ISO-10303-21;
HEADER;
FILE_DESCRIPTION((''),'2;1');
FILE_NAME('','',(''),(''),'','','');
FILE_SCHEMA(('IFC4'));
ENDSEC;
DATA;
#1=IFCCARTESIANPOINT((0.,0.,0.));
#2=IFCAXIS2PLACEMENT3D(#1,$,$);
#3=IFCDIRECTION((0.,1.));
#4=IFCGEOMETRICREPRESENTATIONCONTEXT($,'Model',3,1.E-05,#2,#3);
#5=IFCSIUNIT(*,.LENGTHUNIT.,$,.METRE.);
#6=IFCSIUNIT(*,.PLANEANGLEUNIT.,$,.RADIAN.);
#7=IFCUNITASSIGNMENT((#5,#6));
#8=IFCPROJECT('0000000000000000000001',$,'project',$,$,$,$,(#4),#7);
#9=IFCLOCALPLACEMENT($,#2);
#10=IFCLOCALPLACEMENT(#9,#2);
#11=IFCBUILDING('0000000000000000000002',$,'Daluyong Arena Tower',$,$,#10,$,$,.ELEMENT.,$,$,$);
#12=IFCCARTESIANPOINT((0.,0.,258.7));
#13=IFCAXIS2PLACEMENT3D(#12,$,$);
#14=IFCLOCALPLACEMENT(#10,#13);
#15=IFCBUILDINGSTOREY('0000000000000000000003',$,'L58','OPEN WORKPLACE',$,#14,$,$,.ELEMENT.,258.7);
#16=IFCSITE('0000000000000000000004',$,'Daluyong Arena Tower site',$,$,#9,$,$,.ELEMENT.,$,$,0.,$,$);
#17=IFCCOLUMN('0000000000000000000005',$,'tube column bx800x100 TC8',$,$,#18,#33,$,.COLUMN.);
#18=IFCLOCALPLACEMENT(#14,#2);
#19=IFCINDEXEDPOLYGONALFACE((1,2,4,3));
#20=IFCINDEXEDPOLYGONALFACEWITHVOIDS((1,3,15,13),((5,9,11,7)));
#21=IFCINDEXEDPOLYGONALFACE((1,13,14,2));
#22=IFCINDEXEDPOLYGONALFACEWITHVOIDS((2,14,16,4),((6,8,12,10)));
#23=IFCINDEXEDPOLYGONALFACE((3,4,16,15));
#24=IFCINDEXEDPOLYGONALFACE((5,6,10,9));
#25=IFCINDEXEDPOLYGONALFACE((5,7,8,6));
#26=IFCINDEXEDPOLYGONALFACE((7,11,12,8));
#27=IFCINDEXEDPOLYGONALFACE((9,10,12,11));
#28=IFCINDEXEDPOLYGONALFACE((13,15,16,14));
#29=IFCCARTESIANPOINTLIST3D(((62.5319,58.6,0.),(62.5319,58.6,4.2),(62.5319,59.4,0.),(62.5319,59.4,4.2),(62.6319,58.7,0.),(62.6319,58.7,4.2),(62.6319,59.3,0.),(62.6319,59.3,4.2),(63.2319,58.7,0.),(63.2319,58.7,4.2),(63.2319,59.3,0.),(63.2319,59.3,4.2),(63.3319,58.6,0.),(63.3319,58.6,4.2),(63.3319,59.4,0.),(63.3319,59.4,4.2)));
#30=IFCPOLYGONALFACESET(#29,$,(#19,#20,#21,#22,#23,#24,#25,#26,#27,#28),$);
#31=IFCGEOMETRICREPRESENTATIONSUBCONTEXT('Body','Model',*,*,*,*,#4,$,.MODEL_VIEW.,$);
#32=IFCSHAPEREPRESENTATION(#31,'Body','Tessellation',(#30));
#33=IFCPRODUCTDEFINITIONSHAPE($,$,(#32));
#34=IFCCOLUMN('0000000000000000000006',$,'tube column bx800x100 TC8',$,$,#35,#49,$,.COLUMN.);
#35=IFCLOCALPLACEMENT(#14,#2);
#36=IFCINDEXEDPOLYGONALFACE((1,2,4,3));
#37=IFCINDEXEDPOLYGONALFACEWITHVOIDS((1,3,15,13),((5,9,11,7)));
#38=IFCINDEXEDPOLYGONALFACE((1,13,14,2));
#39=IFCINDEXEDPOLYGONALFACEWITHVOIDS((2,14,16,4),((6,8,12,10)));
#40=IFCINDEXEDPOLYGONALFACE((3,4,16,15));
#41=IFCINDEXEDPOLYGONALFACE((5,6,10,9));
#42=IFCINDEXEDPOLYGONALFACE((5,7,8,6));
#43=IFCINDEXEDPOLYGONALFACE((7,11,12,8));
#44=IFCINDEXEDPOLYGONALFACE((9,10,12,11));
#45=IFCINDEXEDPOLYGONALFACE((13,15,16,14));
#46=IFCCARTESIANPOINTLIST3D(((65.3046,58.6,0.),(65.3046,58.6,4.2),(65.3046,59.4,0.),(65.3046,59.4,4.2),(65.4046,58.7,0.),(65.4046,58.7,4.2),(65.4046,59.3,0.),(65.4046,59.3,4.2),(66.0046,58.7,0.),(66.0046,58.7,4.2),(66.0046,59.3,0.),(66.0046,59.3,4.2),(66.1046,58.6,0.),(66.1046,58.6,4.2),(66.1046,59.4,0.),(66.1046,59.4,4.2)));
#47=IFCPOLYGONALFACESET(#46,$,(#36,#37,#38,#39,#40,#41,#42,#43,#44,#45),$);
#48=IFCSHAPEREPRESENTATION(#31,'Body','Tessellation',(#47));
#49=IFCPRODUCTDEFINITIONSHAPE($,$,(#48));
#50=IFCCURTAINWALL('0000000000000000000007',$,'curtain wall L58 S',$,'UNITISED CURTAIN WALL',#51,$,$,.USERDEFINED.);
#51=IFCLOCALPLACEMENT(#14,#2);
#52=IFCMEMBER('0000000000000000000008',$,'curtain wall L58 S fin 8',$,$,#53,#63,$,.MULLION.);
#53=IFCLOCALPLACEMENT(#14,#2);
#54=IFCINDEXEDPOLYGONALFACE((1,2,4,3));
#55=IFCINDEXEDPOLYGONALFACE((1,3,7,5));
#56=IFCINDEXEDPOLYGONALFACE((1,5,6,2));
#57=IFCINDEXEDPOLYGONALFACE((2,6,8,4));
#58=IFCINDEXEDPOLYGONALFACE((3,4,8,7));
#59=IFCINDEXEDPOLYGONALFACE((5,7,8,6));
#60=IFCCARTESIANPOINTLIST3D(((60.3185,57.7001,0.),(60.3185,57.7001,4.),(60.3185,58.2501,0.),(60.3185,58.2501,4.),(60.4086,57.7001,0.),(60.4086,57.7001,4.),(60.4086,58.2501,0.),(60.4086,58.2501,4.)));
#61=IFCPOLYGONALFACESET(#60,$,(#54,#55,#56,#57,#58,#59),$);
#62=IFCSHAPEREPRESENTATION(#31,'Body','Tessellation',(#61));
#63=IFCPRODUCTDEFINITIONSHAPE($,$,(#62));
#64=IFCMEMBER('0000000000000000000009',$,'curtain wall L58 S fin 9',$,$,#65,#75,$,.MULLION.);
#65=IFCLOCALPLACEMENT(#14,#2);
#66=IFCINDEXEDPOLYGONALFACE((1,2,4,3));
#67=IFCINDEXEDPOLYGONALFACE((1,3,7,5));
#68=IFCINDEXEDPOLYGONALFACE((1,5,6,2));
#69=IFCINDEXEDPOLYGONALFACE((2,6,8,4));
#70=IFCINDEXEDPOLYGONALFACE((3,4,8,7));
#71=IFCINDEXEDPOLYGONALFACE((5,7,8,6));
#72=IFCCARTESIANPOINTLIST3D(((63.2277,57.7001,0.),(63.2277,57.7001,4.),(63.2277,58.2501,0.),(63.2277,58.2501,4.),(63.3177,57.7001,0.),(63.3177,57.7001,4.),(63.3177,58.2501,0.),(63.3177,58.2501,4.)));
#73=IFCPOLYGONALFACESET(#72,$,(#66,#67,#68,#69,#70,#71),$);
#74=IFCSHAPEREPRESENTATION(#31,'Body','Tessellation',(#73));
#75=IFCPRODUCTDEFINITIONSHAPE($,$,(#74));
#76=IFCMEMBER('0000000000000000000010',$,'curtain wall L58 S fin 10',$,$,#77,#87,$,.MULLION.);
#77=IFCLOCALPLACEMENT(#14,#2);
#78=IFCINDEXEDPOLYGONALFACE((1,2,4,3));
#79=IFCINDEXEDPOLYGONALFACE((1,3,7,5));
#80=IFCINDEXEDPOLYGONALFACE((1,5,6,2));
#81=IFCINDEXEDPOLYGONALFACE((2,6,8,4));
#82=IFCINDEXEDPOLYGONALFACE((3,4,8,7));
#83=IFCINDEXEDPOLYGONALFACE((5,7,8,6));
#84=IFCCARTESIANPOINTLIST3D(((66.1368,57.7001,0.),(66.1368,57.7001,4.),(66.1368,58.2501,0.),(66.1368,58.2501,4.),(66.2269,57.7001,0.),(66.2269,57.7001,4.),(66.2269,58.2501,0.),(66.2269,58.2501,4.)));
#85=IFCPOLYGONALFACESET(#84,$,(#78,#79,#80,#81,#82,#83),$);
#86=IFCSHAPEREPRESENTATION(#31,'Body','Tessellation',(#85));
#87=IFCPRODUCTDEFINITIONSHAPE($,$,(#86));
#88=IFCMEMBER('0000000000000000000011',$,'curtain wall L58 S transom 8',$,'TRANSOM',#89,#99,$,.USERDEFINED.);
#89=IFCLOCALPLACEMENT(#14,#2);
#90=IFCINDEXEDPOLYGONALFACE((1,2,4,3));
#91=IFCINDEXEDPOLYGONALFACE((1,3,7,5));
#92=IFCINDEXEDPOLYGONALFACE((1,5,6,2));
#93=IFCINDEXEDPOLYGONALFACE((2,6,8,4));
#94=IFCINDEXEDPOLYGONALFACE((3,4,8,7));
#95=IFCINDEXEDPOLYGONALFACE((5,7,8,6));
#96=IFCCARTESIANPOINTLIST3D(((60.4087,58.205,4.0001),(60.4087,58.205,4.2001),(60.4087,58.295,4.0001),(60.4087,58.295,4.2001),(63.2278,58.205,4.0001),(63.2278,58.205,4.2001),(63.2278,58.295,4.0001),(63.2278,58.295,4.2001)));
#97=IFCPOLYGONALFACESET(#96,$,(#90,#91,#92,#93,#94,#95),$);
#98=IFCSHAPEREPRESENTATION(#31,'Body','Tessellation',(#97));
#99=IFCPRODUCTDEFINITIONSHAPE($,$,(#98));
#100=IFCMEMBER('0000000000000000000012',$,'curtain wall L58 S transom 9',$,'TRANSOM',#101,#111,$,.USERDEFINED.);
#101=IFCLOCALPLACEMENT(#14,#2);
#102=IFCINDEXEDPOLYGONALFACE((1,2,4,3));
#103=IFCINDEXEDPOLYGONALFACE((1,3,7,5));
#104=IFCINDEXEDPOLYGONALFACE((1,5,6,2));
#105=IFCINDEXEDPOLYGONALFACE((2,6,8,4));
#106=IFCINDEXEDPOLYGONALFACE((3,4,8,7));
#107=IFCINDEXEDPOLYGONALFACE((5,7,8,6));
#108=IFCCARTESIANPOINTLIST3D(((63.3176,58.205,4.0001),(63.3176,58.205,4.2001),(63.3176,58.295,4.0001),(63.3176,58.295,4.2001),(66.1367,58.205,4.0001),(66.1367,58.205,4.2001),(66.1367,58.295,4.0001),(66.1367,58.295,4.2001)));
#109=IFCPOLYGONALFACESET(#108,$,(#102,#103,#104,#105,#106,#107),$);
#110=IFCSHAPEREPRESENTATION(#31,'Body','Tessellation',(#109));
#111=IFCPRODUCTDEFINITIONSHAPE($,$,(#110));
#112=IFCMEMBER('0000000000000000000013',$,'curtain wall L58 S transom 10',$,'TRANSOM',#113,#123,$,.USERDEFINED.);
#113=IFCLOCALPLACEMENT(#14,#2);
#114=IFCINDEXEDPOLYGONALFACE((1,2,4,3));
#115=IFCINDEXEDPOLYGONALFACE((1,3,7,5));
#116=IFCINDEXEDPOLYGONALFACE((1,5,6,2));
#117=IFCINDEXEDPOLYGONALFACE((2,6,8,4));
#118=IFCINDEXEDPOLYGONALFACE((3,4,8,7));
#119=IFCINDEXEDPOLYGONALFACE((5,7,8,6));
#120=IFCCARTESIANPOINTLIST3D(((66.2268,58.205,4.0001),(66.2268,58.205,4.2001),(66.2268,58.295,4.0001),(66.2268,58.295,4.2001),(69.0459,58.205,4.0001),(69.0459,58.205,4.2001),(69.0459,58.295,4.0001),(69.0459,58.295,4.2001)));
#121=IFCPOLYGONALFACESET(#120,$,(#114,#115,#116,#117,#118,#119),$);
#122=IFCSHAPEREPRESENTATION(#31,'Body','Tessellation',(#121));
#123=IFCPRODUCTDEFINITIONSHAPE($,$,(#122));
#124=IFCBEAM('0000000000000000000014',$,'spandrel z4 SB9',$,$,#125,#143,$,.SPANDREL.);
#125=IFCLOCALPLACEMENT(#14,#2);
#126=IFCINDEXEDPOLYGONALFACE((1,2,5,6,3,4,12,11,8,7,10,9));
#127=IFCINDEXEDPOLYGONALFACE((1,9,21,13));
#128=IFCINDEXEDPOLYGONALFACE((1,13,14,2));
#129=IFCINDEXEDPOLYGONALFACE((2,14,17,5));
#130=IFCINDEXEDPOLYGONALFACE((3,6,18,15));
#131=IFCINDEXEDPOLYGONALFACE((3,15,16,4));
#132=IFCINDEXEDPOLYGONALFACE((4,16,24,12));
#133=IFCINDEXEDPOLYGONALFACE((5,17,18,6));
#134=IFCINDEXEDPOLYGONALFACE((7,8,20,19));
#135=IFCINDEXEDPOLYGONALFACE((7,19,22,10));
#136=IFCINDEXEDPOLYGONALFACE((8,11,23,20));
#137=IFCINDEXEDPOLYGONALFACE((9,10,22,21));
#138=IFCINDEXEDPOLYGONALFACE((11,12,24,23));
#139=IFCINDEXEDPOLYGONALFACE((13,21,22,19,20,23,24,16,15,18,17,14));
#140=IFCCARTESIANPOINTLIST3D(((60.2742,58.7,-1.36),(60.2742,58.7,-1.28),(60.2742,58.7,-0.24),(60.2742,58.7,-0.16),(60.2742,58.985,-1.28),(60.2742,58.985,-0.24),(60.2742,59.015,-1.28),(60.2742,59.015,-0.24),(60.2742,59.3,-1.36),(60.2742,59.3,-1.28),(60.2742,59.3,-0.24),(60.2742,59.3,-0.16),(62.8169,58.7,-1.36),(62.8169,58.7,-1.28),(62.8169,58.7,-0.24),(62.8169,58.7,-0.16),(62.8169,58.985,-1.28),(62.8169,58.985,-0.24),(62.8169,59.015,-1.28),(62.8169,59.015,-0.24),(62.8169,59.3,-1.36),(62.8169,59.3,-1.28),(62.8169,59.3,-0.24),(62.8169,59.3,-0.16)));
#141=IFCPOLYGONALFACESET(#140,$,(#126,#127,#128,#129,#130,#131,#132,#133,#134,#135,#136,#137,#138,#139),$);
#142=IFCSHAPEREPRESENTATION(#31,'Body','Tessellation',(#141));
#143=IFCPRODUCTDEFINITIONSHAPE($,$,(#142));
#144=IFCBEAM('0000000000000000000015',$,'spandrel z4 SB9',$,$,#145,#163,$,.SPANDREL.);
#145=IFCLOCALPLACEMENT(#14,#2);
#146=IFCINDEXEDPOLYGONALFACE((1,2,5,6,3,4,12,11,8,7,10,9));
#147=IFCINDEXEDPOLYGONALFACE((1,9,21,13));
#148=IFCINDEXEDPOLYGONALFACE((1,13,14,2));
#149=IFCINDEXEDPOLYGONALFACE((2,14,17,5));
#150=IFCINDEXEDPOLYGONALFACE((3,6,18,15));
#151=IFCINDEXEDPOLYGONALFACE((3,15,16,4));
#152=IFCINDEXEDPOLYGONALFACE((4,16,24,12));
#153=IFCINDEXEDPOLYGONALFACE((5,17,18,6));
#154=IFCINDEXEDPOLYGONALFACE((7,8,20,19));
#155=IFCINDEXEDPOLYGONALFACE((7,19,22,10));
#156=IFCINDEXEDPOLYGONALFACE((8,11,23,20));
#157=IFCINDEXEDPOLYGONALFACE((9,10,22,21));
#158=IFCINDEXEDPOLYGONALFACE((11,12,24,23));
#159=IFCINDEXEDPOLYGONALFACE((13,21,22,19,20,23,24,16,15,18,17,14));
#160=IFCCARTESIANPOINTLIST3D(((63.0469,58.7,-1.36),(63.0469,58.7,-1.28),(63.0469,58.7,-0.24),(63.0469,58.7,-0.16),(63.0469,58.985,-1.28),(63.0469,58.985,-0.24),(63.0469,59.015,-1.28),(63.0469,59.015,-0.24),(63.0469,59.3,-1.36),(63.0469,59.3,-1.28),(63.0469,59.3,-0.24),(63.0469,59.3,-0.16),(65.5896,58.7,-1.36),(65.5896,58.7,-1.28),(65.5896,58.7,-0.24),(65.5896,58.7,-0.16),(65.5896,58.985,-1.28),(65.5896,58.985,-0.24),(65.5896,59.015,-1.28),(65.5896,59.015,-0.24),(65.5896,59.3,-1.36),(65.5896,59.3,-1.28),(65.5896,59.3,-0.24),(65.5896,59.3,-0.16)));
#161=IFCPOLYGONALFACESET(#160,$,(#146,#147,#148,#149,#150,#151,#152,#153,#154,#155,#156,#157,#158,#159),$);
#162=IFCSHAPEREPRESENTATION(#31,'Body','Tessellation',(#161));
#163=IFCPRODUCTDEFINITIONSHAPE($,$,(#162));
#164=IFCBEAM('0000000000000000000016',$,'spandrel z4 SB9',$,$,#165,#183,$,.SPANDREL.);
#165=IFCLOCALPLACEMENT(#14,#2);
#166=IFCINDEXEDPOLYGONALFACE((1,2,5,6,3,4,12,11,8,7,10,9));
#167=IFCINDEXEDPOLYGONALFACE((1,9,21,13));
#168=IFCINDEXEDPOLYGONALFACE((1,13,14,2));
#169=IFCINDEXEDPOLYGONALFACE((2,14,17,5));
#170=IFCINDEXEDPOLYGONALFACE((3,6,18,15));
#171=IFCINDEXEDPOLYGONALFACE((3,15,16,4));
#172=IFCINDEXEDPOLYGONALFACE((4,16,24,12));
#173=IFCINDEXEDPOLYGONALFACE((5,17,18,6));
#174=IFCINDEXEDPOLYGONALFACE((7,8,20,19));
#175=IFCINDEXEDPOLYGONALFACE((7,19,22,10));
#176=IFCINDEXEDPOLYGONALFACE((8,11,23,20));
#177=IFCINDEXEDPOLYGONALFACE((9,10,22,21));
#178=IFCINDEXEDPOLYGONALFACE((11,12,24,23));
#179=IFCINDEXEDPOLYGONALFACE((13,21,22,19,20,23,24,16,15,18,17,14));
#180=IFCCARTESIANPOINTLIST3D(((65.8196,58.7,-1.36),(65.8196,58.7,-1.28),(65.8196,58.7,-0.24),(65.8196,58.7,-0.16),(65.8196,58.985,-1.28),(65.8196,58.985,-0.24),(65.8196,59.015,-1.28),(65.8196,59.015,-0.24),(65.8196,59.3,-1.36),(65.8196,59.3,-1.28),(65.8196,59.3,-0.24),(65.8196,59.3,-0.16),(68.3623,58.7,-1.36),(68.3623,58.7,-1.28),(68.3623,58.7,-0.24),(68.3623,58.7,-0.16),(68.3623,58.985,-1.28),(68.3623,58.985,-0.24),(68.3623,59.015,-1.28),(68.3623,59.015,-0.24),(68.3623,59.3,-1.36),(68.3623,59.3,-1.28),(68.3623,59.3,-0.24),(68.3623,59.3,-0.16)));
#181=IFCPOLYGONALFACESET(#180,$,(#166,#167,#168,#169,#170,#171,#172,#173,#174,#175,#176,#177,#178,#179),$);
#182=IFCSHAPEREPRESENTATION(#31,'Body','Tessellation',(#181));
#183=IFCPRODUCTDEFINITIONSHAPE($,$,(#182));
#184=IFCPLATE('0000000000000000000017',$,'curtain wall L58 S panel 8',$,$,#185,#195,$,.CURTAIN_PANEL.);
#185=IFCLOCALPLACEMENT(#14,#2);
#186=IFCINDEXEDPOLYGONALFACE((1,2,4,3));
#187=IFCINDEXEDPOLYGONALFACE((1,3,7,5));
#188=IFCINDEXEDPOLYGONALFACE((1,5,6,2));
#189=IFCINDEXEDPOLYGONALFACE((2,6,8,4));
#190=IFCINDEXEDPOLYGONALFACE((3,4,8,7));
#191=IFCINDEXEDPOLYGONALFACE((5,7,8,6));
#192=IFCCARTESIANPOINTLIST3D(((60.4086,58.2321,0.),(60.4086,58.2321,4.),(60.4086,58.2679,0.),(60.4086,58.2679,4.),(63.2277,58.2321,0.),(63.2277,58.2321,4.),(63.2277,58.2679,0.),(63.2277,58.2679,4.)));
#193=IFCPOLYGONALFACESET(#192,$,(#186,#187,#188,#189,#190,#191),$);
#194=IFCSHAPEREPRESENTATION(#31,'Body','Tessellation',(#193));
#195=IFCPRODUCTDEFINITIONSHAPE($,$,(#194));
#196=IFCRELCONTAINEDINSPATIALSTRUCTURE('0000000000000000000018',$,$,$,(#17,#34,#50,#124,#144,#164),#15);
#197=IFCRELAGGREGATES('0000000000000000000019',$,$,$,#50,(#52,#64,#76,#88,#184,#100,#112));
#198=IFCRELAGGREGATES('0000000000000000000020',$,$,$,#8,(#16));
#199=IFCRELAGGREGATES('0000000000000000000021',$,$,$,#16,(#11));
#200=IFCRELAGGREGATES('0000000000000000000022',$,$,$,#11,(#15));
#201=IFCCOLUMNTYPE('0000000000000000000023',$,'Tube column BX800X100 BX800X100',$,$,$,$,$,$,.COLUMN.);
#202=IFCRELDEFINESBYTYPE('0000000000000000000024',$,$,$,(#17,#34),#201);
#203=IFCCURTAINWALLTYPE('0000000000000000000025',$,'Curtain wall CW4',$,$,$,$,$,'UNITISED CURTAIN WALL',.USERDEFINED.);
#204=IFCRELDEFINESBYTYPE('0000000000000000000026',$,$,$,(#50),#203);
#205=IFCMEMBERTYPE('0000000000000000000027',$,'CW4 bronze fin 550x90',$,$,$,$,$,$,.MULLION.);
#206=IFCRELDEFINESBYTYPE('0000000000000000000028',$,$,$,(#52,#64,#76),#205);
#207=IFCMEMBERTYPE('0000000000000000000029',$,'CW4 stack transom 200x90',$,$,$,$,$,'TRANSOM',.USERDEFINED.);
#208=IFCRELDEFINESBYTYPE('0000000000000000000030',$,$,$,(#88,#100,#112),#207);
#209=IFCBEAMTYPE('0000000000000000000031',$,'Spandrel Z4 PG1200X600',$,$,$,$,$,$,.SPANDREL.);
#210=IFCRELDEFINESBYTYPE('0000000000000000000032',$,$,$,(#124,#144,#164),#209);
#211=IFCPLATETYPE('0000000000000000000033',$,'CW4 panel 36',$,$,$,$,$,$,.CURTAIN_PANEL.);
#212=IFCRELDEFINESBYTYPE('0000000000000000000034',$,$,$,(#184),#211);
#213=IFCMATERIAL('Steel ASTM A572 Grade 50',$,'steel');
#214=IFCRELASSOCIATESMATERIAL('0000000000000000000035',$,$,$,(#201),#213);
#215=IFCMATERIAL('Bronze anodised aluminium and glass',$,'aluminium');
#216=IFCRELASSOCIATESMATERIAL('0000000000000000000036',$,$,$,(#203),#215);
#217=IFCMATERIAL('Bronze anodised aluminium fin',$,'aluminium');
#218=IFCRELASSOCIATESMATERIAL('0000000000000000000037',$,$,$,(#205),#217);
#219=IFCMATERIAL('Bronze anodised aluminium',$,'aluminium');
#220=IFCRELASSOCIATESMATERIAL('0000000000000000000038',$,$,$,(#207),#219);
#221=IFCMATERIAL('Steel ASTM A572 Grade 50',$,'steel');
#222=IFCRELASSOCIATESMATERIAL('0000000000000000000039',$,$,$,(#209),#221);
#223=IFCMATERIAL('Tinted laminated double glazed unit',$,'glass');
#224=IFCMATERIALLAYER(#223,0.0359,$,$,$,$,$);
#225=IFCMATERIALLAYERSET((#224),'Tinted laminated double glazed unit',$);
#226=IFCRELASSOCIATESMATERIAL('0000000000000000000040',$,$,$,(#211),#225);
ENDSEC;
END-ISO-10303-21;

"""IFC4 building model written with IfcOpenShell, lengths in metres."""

from ifc_helpers import new_model, si_unit, direction, frame, origin, origin_2d, place, context, subcontext, project, spatial, rectangle, hollow_rectangle, i_section, extrude, material, layer, layer_set, material_profile, profile_set, type_object, element, aggregate, save


model = new_model("IFC4")

# Units and contexts
model_context = context("Model", 3, precision=1e-05, world=origin(), true_north=direction((0.0, 1.0)))
body_context = subcontext(model_context, "Body", "Model", "MODEL_VIEW")
ifc_project = project(units=[si_unit("LENGTHUNIT", "METRE"), si_unit("PLANEANGLEUNIT", "RADIAN")], contexts=[model_context])

# Site, building, storey
site_placement = place(None, origin())
site = spatial("IfcSite", under=ifc_project, at=site_placement, Name="Daluyong Arena Tower site", CompositionType="ELEMENT", RefElevation=0.0)
building_placement = place(site_placement, origin())
building = spatial("IfcBuilding", under=site, at=building_placement, Name="Daluyong Arena Tower", CompositionType="ELEMENT")
storey_placement = place(building_placement, frame((0.0, 0.0, 258.7)))
storey = spatial("IfcBuildingStorey", under=building, at=storey_placement, Name="L58", Description="OPEN WORKPLACE", CompositionType="ELEMENT", Elevation=258.7)

# Columns
ifc_material_1 = material(Name="Steel ASTM A572 Grade 50", Category="steel")
ifc_material_profile_1 = material_profile(ifc_material_1, hollow_rectangle(XDim=0.8, YDim=0.8, WallThickness=0.1, at=origin_2d()))
ifc_profile_set_1 = profile_set([ifc_material_profile_1], Name="Steel ASTM A572 Grade 50")
column_type = type_object("IfcColumnType", Name="Tube column BX800X100 BX800X100", PredefinedType="COLUMN", material=ifc_profile_set_1)
for number, where, z_axis, x_axis, name in (
    (1, (62.9319, 59.0, 0.0), (0.0, 0.0, 1.0), (1.0, 0.0, 0.0), "tube column bx800x100 TC8"),
    (2, (65.7046, 59.0, 0.0), (0.0, 0.0, 1.0), (1.0, 0.0, 0.0), "tube column bx800x100 TC8"),
):
    element("IfcColumn", number, at=place(storey_placement, frame(where, z_axis=z_axis, x_axis=x_axis)), inside=storey, type_object=column_type, Name=name, PredefinedType="COLUMN", context=body_context, shape_type="SweptSolid", body=[
        extrude(hollow_rectangle(XDim=0.8, YDim=0.8, WallThickness=0.1, at=origin_2d()), origin(), (0.0, 0.0, 1.0), 4.2),
    ])

# Curtain wall, members
ifc_material_2 = material(Name="Bronze anodised aluminium and glass", Category="aluminium")
curtain_wall_type = type_object("IfcCurtainWallType", Name="Curtain wall CW4", ElementType="UNITISED CURTAIN WALL", PredefinedType="USERDEFINED", material=ifc_material_2)
curtain_wall_placement = place(storey_placement, origin())
curtain_wall = element("IfcCurtainWall", 3, at=curtain_wall_placement, inside=storey, type_object=curtain_wall_type, Name="curtain wall L58 S", ObjectType="UNITISED CURTAIN WALL", PredefinedType="USERDEFINED")
ifc_material_3 = material(Name="Bronze anodised aluminium fin", Category="aluminium")
ifc_material_profile_2 = material_profile(ifc_material_3, rectangle(XDim=0.55, YDim=0.0901, at=origin_2d()))
ifc_profile_set_2 = profile_set([ifc_material_profile_2], Name="Bronze anodised aluminium fin")
member_type_1 = type_object("IfcMemberType", Name="CW4 bronze fin 550x90", PredefinedType="MULLION", material=ifc_profile_set_2)
member_1_placement = place(storey_placement, frame((60.3635, 57.9751, 0.0), z_axis=(0.0, 0.0, 1.0), x_axis=(0.0, 1.0, 0.0)))
member_1 = element("IfcMember", 4, at=member_1_placement, type_object=member_type_1, Name="curtain wall L58 S fin 8", PredefinedType="MULLION", context=body_context, shape_type="SweptSolid", body=[
    extrude(rectangle(XDim=0.55, YDim=0.0901, at=origin_2d()), origin(), (0.0, 0.0, 1.0), 4.0),
])
member_2_placement = place(storey_placement, frame((63.2727, 57.9751, 0.0), z_axis=(0.0, 0.0, 1.0), x_axis=(0.0, 1.0, 0.0)))
member_2 = element("IfcMember", 5, at=member_2_placement, type_object=member_type_1, Name="curtain wall L58 S fin 9", PredefinedType="MULLION", context=body_context, shape_type="SweptSolid", body=[
    extrude(rectangle(XDim=0.55, YDim=0.0901, at=origin_2d()), origin(), (0.0, 0.0, 1.0), 4.0),
])
member_3_placement = place(storey_placement, frame((66.1819, 57.9751, 0.0), z_axis=(0.0, 0.0, 1.0), x_axis=(0.0, 1.0, 0.0)))
member_3 = element("IfcMember", 6, at=member_3_placement, type_object=member_type_1, Name="curtain wall L58 S fin 10", PredefinedType="MULLION", context=body_context, shape_type="SweptSolid", body=[
    extrude(rectangle(XDim=0.55, YDim=0.0901, at=origin_2d()), origin(), (0.0, 0.0, 1.0), 4.0),
])
ifc_material_4 = material(Name="Bronze anodised aluminium", Category="aluminium")
ifc_material_profile_3 = material_profile(ifc_material_4, rectangle(XDim=0.0901, YDim=0.2, at=origin_2d()))
ifc_profile_set_3 = profile_set([ifc_material_profile_3], Name="Bronze anodised aluminium")
member_type_2 = type_object("IfcMemberType", Name="CW4 stack transom 200x90", ElementType="TRANSOM", PredefinedType="USERDEFINED", material=ifc_profile_set_3)
member_4_placement = place(storey_placement, frame((60.4087, 58.25, 4.1001), z_axis=(1.0, 0.0, 0.0), x_axis=(0.0, 1.0, 0.0)))
member_4 = element("IfcMember", 7, at=member_4_placement, type_object=member_type_2, Name="curtain wall L58 S transom 8", ObjectType="TRANSOM", PredefinedType="USERDEFINED", context=body_context, shape_type="SweptSolid", body=[
    extrude(rectangle(XDim=0.0901, YDim=0.2, at=origin_2d()), origin(), (0.0, 0.0, 1.0), 2.8191),
])
member_5_placement = place(storey_placement, frame((63.3176, 58.25, 4.1001), z_axis=(1.0, 0.0, 0.0), x_axis=(0.0, 1.0, 0.0)))
member_5 = element("IfcMember", 8, at=member_5_placement, type_object=member_type_2, Name="curtain wall L58 S transom 9", ObjectType="TRANSOM", PredefinedType="USERDEFINED", context=body_context, shape_type="SweptSolid", body=[
    extrude(rectangle(XDim=0.0901, YDim=0.2, at=origin_2d()), origin(), (0.0, 0.0, 1.0), 2.8191),
])
member_6_placement = place(storey_placement, frame((66.2268, 58.25, 4.1001), z_axis=(1.0, 0.0, 0.0), x_axis=(0.0, 1.0, 0.0)))
member_6 = element("IfcMember", 9, at=member_6_placement, type_object=member_type_2, Name="curtain wall L58 S transom 10", ObjectType="TRANSOM", PredefinedType="USERDEFINED", context=body_context, shape_type="SweptSolid", body=[
    extrude(rectangle(XDim=0.0901, YDim=0.2, at=origin_2d()), origin(), (0.0, 0.0, 1.0), 2.8191),
])

# Beams
ifc_material_5 = material(Name="Steel ASTM A572 Grade 50", Category="steel")
ifc_material_profile_4 = material_profile(ifc_material_5, i_section(OverallWidth=0.6001, OverallDepth=1.2, WebThickness=0.03, FlangeThickness=0.08, at=origin_2d()))
ifc_profile_set_4 = profile_set([ifc_material_profile_4], Name="Steel ASTM A572 Grade 50")
beam_type = type_object("IfcBeamType", Name="Spandrel Z4 PG1200X600", PredefinedType="SPANDREL", material=ifc_profile_set_4)
for number, where, z_axis, x_axis, name in (
    (10, (60.2742, 59.0, -0.76), (1.0, 0.0, 0.0), (0.0, 1.0, 0.0), "spandrel z4 SB9"),
    (11, (63.0469, 59.0, -0.76), (1.0, 0.0, 0.0), (0.0, 1.0, 0.0), "spandrel z4 SB9"),
    (12, (65.8196, 59.0, -0.76), (1.0, 0.0, 0.0), (0.0, 1.0, 0.0), "spandrel z4 SB9"),
):
    element("IfcBeam", number, at=place(storey_placement, frame(where, z_axis=z_axis, x_axis=x_axis)), inside=storey, type_object=beam_type, Name=name, PredefinedType="SPANDREL", context=body_context, shape_type="SweptSolid", body=[
        extrude(i_section(OverallWidth=0.6001, OverallDepth=1.2, WebThickness=0.03, FlangeThickness=0.08, at=origin_2d()), origin(), (0.0, 0.0, 1.0), 2.5427),
    ])

# Plate
ifc_material_6 = material(Name="Tinted laminated double glazed unit", Category="glass")
ifc_layer = layer(ifc_material_6, 0.0359)
ifc_layer_set = layer_set([ifc_layer], Name="Tinted laminated double glazed unit")
plate_type = type_object("IfcPlateType", Name="CW4 panel 36", PredefinedType="CURTAIN_PANEL", material=ifc_layer_set)
plate_1_placement = place(storey_placement, frame((61.8181, 58.25, 0.0), z_axis=(0.0, 0.0, 1.0), x_axis=(1.0, 0.0, 0.0)))
plate_1 = element("IfcPlate", 13, at=plate_1_placement, type_object=plate_type, Name="curtain wall L58 S panel 8", PredefinedType="CURTAIN_PANEL", context=body_context, shape_type="SweptSolid", body=[
    extrude(rectangle(XDim=2.8191, YDim=0.0359, at=origin_2d()), origin(), (0.0, 0.0, 1.0), 4.0),
])
aggregate(curtain_wall, [member_1, member_2, member_3, member_4, plate_1, member_5, member_6])

save(model, "model.ifc")
